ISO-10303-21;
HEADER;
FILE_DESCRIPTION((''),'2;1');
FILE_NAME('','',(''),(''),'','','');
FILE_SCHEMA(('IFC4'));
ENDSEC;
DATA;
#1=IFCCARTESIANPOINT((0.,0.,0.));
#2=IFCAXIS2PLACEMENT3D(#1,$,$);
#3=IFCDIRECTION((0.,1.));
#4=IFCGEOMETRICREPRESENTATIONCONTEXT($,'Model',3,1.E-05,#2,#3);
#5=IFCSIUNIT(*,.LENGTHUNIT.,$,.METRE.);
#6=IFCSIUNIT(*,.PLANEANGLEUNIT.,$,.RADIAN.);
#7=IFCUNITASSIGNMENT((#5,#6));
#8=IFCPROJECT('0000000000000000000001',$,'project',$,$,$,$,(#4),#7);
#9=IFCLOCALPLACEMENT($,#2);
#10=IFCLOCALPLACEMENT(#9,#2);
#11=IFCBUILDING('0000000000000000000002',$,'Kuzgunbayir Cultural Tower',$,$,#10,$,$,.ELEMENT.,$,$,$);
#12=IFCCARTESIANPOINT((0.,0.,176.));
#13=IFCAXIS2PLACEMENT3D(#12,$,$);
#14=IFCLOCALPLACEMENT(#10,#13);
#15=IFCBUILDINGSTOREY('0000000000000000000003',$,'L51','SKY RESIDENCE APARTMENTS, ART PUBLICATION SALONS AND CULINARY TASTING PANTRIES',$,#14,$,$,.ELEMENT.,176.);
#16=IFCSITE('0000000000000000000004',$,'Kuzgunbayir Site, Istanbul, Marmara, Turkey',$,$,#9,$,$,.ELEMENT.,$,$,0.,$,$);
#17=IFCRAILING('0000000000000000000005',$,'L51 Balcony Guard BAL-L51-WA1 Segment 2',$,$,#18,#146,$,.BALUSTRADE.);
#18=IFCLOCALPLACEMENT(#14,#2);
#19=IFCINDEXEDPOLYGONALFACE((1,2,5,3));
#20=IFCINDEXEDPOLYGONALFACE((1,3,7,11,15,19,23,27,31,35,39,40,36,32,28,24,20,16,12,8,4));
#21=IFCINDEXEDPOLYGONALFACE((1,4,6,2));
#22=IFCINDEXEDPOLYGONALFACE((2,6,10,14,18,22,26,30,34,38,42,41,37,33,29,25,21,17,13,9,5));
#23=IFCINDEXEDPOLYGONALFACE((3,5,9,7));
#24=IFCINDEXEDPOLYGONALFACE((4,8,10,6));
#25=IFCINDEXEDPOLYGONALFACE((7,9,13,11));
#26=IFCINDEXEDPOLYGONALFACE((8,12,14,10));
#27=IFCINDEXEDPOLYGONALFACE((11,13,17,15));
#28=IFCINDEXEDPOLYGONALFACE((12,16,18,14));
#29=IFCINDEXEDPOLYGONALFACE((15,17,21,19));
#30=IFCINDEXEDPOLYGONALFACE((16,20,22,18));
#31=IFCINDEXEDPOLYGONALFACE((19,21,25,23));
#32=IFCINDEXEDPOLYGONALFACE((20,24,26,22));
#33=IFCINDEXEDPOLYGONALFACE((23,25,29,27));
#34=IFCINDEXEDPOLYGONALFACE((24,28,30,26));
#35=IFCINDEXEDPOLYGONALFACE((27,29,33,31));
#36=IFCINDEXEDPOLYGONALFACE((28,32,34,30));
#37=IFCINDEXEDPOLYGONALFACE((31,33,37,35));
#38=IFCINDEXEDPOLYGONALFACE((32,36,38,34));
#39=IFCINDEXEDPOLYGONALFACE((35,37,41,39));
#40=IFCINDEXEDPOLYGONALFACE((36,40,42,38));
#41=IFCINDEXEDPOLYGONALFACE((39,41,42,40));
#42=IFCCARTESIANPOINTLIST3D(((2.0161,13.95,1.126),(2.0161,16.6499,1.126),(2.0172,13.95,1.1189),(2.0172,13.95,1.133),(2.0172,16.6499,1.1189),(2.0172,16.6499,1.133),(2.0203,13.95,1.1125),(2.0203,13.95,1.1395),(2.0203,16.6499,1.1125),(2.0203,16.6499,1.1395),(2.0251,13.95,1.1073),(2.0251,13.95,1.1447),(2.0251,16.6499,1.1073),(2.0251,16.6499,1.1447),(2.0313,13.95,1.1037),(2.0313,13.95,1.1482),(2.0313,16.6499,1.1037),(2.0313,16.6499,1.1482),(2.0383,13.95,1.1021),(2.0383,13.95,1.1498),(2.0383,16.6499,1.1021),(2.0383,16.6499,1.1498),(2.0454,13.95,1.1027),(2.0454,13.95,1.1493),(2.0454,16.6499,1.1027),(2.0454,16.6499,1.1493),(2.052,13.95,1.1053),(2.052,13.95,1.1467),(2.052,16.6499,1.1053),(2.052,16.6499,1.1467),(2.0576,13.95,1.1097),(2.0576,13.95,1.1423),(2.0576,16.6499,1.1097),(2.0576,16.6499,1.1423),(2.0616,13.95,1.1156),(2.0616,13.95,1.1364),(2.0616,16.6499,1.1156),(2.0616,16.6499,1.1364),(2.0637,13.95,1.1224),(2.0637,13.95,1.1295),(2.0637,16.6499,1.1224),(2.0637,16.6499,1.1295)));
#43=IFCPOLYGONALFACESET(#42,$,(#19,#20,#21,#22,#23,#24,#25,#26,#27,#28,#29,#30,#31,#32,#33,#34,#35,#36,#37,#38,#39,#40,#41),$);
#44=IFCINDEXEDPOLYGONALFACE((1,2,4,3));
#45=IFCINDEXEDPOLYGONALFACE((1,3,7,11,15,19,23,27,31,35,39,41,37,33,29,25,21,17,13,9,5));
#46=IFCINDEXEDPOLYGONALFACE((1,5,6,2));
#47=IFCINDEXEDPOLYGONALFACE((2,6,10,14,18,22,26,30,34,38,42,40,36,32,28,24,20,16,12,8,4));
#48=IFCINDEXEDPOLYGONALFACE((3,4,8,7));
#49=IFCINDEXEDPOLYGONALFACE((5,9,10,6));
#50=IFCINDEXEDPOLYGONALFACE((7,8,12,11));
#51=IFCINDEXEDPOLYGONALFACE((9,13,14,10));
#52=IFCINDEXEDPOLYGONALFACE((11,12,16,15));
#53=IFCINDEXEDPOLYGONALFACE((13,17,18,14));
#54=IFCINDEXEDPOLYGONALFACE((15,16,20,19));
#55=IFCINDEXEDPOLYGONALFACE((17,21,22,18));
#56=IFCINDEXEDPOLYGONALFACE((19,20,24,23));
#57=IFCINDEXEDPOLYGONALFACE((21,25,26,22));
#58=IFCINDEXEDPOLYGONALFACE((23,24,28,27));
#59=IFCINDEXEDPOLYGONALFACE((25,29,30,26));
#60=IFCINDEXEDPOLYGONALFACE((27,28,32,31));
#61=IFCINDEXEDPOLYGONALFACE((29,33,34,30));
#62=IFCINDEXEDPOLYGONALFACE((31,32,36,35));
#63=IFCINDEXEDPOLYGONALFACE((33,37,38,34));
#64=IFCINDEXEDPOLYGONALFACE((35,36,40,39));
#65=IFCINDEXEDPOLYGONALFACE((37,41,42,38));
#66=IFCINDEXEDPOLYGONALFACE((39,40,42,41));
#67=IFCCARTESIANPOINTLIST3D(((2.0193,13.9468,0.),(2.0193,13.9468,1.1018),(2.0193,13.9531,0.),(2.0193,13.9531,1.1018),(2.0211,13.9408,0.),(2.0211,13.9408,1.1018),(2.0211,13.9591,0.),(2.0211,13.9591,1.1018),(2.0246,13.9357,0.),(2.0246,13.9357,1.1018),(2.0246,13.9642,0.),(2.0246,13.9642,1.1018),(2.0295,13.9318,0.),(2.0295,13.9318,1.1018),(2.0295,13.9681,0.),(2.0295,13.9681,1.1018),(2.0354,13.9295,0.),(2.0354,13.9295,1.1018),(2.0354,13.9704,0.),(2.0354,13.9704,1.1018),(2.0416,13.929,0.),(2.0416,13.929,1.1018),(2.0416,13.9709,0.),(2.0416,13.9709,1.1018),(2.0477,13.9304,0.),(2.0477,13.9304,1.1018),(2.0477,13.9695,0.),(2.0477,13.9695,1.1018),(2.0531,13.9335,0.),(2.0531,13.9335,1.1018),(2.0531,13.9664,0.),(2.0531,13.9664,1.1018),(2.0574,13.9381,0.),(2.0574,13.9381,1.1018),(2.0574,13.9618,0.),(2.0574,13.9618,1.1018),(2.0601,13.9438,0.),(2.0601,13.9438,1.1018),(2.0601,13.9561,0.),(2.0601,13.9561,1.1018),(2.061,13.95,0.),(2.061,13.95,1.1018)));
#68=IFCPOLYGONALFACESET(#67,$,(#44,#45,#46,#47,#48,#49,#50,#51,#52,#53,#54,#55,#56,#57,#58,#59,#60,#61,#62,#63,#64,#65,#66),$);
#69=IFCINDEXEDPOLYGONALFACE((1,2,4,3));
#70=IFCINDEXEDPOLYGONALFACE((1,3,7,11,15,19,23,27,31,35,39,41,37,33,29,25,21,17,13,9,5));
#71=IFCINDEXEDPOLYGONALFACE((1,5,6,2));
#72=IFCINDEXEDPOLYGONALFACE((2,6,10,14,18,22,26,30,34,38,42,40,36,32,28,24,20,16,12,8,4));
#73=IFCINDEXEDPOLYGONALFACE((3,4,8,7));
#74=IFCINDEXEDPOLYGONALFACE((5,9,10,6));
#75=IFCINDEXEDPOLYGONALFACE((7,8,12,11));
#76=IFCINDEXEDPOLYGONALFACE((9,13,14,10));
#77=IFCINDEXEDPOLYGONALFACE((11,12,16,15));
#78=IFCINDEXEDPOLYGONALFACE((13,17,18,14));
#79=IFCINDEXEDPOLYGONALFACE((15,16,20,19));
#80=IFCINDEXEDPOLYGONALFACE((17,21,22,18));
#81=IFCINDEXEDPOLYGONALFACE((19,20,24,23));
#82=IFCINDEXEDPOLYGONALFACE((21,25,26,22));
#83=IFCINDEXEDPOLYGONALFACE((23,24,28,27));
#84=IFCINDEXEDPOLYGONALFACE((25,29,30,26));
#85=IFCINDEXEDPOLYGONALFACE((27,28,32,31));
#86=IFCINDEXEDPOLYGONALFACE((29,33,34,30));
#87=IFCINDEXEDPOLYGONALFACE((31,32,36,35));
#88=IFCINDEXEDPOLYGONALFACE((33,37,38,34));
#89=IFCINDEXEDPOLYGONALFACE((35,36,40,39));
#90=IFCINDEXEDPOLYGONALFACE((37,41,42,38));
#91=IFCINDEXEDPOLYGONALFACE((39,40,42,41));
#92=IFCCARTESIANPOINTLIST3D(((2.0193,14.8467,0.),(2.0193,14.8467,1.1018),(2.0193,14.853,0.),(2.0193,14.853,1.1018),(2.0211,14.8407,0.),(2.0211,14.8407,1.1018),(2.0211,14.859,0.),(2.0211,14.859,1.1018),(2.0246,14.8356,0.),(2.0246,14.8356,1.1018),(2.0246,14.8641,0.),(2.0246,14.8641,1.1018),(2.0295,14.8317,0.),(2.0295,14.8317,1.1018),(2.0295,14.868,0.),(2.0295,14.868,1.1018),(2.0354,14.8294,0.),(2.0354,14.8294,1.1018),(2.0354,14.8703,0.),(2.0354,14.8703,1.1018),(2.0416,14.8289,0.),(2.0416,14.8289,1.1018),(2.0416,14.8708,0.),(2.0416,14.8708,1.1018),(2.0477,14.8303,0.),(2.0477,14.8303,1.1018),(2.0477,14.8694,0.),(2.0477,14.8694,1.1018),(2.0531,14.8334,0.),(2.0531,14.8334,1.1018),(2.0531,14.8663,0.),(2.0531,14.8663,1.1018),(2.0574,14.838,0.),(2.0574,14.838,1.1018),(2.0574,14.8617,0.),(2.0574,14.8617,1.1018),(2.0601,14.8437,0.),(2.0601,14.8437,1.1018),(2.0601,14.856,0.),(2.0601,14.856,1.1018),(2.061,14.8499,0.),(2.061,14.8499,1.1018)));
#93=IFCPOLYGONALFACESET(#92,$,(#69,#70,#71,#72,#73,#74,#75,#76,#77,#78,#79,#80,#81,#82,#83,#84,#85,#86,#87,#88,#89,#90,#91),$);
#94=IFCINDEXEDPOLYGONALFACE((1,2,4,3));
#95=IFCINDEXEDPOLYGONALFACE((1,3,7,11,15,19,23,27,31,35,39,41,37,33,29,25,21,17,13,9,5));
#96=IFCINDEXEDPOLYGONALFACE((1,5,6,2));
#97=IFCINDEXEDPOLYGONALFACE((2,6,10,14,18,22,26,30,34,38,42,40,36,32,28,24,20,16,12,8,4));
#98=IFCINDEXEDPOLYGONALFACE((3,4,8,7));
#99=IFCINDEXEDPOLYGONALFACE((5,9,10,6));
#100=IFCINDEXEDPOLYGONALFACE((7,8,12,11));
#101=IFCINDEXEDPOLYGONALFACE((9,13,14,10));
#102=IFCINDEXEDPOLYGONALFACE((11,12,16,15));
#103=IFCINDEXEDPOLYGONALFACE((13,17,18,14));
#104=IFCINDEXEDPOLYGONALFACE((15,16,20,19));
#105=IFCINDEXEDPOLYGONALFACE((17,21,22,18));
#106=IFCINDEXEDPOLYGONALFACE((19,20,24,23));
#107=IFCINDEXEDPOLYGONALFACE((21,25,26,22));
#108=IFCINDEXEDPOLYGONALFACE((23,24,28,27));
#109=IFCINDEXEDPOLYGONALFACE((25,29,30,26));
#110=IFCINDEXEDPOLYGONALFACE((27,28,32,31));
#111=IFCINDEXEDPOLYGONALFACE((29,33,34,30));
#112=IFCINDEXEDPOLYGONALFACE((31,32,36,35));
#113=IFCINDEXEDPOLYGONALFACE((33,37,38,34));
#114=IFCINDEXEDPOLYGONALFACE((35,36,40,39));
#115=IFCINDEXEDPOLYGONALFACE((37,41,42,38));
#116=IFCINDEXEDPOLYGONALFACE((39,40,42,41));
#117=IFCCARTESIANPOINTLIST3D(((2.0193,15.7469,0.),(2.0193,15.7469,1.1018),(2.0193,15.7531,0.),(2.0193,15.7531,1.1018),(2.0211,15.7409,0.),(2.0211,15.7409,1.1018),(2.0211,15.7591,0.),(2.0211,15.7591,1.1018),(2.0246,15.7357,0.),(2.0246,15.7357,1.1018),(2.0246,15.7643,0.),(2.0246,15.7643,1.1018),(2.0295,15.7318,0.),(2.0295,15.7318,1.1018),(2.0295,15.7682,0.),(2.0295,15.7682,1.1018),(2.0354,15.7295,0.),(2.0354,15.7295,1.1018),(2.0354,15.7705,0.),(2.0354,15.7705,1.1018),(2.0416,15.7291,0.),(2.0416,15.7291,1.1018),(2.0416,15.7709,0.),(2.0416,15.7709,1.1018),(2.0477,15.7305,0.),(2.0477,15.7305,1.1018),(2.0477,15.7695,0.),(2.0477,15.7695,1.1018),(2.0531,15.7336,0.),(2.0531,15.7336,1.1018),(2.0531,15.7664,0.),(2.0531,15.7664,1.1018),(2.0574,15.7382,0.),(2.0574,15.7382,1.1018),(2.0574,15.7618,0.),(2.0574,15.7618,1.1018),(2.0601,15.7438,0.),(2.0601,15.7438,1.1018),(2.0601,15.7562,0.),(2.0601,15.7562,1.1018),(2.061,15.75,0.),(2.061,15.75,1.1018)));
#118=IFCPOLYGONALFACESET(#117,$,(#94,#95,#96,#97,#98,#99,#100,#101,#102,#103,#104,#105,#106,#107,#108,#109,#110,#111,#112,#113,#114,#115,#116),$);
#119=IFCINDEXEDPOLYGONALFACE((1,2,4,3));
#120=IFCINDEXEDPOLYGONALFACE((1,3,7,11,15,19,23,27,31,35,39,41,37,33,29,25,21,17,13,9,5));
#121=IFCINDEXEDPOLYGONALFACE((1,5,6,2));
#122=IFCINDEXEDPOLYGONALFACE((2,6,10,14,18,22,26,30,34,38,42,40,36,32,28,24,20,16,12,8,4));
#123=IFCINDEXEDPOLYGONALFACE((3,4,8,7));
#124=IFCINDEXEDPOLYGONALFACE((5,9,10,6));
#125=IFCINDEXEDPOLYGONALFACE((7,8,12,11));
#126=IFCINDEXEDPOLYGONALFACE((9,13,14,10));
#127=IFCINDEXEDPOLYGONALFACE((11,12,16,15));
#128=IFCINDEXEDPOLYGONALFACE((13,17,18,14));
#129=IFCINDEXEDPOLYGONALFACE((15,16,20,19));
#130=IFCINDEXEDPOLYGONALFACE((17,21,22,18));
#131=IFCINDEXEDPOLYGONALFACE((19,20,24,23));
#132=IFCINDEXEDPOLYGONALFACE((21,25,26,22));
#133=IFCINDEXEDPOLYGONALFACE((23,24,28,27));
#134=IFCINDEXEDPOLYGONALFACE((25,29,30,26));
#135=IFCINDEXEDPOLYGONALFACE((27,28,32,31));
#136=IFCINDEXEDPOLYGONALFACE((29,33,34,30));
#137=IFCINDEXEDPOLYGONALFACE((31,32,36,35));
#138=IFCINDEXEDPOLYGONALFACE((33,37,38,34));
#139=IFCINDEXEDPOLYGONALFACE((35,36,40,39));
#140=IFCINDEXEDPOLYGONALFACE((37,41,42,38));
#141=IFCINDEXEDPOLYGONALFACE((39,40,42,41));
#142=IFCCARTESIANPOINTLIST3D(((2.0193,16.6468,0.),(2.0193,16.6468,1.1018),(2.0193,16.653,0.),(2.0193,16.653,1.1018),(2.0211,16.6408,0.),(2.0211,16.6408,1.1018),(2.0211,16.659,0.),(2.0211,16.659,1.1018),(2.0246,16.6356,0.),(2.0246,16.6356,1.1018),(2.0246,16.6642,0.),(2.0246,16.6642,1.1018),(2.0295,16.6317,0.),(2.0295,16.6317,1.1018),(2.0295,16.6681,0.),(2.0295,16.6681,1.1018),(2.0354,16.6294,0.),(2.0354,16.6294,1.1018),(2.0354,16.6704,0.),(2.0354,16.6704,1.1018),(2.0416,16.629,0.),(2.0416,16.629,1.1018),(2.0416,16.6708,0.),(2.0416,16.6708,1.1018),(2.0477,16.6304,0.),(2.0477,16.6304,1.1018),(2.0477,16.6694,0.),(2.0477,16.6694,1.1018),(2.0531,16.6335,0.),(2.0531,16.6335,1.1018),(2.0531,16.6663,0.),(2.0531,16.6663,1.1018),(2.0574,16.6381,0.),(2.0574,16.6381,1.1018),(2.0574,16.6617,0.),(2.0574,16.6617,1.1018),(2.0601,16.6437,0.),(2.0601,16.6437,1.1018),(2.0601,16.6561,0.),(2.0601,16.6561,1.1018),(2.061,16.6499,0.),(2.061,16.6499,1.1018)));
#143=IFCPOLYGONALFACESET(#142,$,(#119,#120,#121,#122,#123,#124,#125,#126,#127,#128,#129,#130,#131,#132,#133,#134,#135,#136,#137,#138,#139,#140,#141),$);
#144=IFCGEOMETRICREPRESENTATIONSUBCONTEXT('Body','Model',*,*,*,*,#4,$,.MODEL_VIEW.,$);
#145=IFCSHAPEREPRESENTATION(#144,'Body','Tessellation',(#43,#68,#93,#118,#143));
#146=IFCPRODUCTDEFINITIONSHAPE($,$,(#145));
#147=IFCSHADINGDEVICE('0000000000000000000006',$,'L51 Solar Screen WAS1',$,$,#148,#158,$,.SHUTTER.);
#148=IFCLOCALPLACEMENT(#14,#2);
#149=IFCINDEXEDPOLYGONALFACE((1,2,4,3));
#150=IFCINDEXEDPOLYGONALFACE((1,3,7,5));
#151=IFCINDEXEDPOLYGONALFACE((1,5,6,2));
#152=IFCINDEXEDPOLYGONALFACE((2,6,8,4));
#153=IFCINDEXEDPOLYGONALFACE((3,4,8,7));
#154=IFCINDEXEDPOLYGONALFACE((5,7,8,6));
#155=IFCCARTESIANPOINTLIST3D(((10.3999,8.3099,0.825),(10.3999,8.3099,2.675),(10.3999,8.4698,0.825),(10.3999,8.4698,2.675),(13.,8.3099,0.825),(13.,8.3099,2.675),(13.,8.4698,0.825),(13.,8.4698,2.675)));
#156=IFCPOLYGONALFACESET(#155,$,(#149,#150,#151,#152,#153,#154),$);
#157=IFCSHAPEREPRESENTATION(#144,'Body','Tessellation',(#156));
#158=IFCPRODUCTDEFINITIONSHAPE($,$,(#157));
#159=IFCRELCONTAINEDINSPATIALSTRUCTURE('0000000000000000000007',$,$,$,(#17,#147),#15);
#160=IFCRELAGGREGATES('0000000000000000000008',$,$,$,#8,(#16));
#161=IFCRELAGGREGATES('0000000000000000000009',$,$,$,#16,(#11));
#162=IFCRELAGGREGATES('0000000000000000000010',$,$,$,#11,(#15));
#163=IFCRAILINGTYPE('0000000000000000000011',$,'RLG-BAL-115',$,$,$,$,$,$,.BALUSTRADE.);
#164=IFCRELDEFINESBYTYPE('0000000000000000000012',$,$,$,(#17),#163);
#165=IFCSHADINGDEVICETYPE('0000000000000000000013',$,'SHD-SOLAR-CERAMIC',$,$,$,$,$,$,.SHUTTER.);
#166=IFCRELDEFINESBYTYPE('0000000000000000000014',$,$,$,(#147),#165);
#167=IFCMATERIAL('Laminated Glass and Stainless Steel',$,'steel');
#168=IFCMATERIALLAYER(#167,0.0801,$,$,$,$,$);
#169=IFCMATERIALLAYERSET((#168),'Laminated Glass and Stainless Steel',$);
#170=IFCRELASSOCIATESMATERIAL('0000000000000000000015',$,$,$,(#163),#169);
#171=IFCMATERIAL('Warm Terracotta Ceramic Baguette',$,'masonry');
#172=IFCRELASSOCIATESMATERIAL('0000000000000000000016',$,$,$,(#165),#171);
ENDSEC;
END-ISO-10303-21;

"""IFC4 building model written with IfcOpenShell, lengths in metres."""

from ifc_helpers import new_model, si_unit, direction, frame, origin, origin_2d, place, context, subcontext, project, spatial, rectangle, circle, extrude, material, layer, layer_set, type_object, element, save


model = new_model("IFC4")

# Units and contexts
model_context = context("Model", 3, precision=1e-05, world=origin(), true_north=direction((0.0, 1.0)))
body_context = subcontext(model_context, "Body", "Model", "MODEL_VIEW")
ifc_project = project(units=[si_unit("LENGTHUNIT", "METRE"), si_unit("PLANEANGLEUNIT", "RADIAN")], contexts=[model_context])

# Site, building, storey
site_placement = place(None, origin())
site = spatial("IfcSite", under=ifc_project, at=site_placement, Name="Kuzgunbayir Site, Istanbul, Marmara, Turkey", CompositionType="ELEMENT", RefElevation=0.0)
building_placement = place(site_placement, origin())
building = spatial("IfcBuilding", under=site, at=building_placement, Name="Kuzgunbayir Cultural Tower", CompositionType="ELEMENT")
storey_placement = place(building_placement, frame((0.0, 0.0, 176.0)))
storey = spatial("IfcBuildingStorey", under=building, at=storey_placement, Name="L51", Description="SKY RESIDENCE APARTMENTS, ART PUBLICATION SALONS AND CULINARY TASTING PANTRIES", CompositionType="ELEMENT", Elevation=176.0)

# Railing
ifc_material_1 = material(Name="Laminated Glass and Stainless Steel", Category="steel")
ifc_layer_1 = layer(ifc_material_1, 0.0801)
ifc_layer_set_1 = layer_set([ifc_layer_1], Name="Laminated Glass and Stainless Steel")
railing_type = type_object("IfcRailingType", Name="RLG-BAL-115", PredefinedType="BALUSTRADE", material=ifc_layer_set_1)
railing_1_placement = place(storey_placement, frame((2.04, 13.95, 0.0)))
element("IfcRailing", 1, at=railing_1_placement, inside=storey, type_object=railing_type, Name="L51 Balcony Guard BAL-L51-WA1 Segment 2", PredefinedType="BALUSTRADE", context=body_context, shape_type="SweptSolid", body=[
    extrude(circle(Radius=0.0239, at=origin_2d()), frame((0.0, 0.0, 1.126), z_axis=(0.0, 1.0, 0.0), x_axis=(-1.0, 0.0, 0.0)), (0.0, 0.0, 1.0), 2.7),
    extrude(circle(Radius=0.021, at=origin_2d()), origin(), (0.0, 0.0, 1.0), 1.1018),
    extrude(circle(Radius=0.021, at=origin_2d()), frame((0.0, 0.8999, 0.0)), (0.0, 0.0, 1.0), 1.1018),
    extrude(circle(Radius=0.021, at=origin_2d()), frame((0.0, 1.8, 0.0)), (0.0, 0.0, 1.0), 1.1018),
    extrude(circle(Radius=0.021, at=origin_2d()), frame((0.0, 2.7, 0.0)), (0.0, 0.0, 1.0), 1.1018),
])

# Shading device
ifc_material_2 = material(Name="Warm Terracotta Ceramic Baguette", Category="masonry")
shading_device_type = type_object("IfcShadingDeviceType", Name="SHD-SOLAR-CERAMIC", PredefinedType="SHUTTER", material=ifc_material_2)
shading_device_placement = place(storey_placement, frame((11.7, 8.3899, 0.825), z_axis=(0.0, 0.0, 1.0), x_axis=(1.0, 0.0, 0.0)))
element("IfcShadingDevice", 2, at=shading_device_placement, inside=storey, type_object=shading_device_type, Name="L51 Solar Screen WAS1", PredefinedType="SHUTTER", context=body_context, shape_type="SweptSolid", body=[
    extrude(rectangle(XDim=2.6001, YDim=0.1599, at=origin_2d()), origin(), (0.0, 0.0, 1.0), 1.8501),
])

save(model, "model.ifc")
